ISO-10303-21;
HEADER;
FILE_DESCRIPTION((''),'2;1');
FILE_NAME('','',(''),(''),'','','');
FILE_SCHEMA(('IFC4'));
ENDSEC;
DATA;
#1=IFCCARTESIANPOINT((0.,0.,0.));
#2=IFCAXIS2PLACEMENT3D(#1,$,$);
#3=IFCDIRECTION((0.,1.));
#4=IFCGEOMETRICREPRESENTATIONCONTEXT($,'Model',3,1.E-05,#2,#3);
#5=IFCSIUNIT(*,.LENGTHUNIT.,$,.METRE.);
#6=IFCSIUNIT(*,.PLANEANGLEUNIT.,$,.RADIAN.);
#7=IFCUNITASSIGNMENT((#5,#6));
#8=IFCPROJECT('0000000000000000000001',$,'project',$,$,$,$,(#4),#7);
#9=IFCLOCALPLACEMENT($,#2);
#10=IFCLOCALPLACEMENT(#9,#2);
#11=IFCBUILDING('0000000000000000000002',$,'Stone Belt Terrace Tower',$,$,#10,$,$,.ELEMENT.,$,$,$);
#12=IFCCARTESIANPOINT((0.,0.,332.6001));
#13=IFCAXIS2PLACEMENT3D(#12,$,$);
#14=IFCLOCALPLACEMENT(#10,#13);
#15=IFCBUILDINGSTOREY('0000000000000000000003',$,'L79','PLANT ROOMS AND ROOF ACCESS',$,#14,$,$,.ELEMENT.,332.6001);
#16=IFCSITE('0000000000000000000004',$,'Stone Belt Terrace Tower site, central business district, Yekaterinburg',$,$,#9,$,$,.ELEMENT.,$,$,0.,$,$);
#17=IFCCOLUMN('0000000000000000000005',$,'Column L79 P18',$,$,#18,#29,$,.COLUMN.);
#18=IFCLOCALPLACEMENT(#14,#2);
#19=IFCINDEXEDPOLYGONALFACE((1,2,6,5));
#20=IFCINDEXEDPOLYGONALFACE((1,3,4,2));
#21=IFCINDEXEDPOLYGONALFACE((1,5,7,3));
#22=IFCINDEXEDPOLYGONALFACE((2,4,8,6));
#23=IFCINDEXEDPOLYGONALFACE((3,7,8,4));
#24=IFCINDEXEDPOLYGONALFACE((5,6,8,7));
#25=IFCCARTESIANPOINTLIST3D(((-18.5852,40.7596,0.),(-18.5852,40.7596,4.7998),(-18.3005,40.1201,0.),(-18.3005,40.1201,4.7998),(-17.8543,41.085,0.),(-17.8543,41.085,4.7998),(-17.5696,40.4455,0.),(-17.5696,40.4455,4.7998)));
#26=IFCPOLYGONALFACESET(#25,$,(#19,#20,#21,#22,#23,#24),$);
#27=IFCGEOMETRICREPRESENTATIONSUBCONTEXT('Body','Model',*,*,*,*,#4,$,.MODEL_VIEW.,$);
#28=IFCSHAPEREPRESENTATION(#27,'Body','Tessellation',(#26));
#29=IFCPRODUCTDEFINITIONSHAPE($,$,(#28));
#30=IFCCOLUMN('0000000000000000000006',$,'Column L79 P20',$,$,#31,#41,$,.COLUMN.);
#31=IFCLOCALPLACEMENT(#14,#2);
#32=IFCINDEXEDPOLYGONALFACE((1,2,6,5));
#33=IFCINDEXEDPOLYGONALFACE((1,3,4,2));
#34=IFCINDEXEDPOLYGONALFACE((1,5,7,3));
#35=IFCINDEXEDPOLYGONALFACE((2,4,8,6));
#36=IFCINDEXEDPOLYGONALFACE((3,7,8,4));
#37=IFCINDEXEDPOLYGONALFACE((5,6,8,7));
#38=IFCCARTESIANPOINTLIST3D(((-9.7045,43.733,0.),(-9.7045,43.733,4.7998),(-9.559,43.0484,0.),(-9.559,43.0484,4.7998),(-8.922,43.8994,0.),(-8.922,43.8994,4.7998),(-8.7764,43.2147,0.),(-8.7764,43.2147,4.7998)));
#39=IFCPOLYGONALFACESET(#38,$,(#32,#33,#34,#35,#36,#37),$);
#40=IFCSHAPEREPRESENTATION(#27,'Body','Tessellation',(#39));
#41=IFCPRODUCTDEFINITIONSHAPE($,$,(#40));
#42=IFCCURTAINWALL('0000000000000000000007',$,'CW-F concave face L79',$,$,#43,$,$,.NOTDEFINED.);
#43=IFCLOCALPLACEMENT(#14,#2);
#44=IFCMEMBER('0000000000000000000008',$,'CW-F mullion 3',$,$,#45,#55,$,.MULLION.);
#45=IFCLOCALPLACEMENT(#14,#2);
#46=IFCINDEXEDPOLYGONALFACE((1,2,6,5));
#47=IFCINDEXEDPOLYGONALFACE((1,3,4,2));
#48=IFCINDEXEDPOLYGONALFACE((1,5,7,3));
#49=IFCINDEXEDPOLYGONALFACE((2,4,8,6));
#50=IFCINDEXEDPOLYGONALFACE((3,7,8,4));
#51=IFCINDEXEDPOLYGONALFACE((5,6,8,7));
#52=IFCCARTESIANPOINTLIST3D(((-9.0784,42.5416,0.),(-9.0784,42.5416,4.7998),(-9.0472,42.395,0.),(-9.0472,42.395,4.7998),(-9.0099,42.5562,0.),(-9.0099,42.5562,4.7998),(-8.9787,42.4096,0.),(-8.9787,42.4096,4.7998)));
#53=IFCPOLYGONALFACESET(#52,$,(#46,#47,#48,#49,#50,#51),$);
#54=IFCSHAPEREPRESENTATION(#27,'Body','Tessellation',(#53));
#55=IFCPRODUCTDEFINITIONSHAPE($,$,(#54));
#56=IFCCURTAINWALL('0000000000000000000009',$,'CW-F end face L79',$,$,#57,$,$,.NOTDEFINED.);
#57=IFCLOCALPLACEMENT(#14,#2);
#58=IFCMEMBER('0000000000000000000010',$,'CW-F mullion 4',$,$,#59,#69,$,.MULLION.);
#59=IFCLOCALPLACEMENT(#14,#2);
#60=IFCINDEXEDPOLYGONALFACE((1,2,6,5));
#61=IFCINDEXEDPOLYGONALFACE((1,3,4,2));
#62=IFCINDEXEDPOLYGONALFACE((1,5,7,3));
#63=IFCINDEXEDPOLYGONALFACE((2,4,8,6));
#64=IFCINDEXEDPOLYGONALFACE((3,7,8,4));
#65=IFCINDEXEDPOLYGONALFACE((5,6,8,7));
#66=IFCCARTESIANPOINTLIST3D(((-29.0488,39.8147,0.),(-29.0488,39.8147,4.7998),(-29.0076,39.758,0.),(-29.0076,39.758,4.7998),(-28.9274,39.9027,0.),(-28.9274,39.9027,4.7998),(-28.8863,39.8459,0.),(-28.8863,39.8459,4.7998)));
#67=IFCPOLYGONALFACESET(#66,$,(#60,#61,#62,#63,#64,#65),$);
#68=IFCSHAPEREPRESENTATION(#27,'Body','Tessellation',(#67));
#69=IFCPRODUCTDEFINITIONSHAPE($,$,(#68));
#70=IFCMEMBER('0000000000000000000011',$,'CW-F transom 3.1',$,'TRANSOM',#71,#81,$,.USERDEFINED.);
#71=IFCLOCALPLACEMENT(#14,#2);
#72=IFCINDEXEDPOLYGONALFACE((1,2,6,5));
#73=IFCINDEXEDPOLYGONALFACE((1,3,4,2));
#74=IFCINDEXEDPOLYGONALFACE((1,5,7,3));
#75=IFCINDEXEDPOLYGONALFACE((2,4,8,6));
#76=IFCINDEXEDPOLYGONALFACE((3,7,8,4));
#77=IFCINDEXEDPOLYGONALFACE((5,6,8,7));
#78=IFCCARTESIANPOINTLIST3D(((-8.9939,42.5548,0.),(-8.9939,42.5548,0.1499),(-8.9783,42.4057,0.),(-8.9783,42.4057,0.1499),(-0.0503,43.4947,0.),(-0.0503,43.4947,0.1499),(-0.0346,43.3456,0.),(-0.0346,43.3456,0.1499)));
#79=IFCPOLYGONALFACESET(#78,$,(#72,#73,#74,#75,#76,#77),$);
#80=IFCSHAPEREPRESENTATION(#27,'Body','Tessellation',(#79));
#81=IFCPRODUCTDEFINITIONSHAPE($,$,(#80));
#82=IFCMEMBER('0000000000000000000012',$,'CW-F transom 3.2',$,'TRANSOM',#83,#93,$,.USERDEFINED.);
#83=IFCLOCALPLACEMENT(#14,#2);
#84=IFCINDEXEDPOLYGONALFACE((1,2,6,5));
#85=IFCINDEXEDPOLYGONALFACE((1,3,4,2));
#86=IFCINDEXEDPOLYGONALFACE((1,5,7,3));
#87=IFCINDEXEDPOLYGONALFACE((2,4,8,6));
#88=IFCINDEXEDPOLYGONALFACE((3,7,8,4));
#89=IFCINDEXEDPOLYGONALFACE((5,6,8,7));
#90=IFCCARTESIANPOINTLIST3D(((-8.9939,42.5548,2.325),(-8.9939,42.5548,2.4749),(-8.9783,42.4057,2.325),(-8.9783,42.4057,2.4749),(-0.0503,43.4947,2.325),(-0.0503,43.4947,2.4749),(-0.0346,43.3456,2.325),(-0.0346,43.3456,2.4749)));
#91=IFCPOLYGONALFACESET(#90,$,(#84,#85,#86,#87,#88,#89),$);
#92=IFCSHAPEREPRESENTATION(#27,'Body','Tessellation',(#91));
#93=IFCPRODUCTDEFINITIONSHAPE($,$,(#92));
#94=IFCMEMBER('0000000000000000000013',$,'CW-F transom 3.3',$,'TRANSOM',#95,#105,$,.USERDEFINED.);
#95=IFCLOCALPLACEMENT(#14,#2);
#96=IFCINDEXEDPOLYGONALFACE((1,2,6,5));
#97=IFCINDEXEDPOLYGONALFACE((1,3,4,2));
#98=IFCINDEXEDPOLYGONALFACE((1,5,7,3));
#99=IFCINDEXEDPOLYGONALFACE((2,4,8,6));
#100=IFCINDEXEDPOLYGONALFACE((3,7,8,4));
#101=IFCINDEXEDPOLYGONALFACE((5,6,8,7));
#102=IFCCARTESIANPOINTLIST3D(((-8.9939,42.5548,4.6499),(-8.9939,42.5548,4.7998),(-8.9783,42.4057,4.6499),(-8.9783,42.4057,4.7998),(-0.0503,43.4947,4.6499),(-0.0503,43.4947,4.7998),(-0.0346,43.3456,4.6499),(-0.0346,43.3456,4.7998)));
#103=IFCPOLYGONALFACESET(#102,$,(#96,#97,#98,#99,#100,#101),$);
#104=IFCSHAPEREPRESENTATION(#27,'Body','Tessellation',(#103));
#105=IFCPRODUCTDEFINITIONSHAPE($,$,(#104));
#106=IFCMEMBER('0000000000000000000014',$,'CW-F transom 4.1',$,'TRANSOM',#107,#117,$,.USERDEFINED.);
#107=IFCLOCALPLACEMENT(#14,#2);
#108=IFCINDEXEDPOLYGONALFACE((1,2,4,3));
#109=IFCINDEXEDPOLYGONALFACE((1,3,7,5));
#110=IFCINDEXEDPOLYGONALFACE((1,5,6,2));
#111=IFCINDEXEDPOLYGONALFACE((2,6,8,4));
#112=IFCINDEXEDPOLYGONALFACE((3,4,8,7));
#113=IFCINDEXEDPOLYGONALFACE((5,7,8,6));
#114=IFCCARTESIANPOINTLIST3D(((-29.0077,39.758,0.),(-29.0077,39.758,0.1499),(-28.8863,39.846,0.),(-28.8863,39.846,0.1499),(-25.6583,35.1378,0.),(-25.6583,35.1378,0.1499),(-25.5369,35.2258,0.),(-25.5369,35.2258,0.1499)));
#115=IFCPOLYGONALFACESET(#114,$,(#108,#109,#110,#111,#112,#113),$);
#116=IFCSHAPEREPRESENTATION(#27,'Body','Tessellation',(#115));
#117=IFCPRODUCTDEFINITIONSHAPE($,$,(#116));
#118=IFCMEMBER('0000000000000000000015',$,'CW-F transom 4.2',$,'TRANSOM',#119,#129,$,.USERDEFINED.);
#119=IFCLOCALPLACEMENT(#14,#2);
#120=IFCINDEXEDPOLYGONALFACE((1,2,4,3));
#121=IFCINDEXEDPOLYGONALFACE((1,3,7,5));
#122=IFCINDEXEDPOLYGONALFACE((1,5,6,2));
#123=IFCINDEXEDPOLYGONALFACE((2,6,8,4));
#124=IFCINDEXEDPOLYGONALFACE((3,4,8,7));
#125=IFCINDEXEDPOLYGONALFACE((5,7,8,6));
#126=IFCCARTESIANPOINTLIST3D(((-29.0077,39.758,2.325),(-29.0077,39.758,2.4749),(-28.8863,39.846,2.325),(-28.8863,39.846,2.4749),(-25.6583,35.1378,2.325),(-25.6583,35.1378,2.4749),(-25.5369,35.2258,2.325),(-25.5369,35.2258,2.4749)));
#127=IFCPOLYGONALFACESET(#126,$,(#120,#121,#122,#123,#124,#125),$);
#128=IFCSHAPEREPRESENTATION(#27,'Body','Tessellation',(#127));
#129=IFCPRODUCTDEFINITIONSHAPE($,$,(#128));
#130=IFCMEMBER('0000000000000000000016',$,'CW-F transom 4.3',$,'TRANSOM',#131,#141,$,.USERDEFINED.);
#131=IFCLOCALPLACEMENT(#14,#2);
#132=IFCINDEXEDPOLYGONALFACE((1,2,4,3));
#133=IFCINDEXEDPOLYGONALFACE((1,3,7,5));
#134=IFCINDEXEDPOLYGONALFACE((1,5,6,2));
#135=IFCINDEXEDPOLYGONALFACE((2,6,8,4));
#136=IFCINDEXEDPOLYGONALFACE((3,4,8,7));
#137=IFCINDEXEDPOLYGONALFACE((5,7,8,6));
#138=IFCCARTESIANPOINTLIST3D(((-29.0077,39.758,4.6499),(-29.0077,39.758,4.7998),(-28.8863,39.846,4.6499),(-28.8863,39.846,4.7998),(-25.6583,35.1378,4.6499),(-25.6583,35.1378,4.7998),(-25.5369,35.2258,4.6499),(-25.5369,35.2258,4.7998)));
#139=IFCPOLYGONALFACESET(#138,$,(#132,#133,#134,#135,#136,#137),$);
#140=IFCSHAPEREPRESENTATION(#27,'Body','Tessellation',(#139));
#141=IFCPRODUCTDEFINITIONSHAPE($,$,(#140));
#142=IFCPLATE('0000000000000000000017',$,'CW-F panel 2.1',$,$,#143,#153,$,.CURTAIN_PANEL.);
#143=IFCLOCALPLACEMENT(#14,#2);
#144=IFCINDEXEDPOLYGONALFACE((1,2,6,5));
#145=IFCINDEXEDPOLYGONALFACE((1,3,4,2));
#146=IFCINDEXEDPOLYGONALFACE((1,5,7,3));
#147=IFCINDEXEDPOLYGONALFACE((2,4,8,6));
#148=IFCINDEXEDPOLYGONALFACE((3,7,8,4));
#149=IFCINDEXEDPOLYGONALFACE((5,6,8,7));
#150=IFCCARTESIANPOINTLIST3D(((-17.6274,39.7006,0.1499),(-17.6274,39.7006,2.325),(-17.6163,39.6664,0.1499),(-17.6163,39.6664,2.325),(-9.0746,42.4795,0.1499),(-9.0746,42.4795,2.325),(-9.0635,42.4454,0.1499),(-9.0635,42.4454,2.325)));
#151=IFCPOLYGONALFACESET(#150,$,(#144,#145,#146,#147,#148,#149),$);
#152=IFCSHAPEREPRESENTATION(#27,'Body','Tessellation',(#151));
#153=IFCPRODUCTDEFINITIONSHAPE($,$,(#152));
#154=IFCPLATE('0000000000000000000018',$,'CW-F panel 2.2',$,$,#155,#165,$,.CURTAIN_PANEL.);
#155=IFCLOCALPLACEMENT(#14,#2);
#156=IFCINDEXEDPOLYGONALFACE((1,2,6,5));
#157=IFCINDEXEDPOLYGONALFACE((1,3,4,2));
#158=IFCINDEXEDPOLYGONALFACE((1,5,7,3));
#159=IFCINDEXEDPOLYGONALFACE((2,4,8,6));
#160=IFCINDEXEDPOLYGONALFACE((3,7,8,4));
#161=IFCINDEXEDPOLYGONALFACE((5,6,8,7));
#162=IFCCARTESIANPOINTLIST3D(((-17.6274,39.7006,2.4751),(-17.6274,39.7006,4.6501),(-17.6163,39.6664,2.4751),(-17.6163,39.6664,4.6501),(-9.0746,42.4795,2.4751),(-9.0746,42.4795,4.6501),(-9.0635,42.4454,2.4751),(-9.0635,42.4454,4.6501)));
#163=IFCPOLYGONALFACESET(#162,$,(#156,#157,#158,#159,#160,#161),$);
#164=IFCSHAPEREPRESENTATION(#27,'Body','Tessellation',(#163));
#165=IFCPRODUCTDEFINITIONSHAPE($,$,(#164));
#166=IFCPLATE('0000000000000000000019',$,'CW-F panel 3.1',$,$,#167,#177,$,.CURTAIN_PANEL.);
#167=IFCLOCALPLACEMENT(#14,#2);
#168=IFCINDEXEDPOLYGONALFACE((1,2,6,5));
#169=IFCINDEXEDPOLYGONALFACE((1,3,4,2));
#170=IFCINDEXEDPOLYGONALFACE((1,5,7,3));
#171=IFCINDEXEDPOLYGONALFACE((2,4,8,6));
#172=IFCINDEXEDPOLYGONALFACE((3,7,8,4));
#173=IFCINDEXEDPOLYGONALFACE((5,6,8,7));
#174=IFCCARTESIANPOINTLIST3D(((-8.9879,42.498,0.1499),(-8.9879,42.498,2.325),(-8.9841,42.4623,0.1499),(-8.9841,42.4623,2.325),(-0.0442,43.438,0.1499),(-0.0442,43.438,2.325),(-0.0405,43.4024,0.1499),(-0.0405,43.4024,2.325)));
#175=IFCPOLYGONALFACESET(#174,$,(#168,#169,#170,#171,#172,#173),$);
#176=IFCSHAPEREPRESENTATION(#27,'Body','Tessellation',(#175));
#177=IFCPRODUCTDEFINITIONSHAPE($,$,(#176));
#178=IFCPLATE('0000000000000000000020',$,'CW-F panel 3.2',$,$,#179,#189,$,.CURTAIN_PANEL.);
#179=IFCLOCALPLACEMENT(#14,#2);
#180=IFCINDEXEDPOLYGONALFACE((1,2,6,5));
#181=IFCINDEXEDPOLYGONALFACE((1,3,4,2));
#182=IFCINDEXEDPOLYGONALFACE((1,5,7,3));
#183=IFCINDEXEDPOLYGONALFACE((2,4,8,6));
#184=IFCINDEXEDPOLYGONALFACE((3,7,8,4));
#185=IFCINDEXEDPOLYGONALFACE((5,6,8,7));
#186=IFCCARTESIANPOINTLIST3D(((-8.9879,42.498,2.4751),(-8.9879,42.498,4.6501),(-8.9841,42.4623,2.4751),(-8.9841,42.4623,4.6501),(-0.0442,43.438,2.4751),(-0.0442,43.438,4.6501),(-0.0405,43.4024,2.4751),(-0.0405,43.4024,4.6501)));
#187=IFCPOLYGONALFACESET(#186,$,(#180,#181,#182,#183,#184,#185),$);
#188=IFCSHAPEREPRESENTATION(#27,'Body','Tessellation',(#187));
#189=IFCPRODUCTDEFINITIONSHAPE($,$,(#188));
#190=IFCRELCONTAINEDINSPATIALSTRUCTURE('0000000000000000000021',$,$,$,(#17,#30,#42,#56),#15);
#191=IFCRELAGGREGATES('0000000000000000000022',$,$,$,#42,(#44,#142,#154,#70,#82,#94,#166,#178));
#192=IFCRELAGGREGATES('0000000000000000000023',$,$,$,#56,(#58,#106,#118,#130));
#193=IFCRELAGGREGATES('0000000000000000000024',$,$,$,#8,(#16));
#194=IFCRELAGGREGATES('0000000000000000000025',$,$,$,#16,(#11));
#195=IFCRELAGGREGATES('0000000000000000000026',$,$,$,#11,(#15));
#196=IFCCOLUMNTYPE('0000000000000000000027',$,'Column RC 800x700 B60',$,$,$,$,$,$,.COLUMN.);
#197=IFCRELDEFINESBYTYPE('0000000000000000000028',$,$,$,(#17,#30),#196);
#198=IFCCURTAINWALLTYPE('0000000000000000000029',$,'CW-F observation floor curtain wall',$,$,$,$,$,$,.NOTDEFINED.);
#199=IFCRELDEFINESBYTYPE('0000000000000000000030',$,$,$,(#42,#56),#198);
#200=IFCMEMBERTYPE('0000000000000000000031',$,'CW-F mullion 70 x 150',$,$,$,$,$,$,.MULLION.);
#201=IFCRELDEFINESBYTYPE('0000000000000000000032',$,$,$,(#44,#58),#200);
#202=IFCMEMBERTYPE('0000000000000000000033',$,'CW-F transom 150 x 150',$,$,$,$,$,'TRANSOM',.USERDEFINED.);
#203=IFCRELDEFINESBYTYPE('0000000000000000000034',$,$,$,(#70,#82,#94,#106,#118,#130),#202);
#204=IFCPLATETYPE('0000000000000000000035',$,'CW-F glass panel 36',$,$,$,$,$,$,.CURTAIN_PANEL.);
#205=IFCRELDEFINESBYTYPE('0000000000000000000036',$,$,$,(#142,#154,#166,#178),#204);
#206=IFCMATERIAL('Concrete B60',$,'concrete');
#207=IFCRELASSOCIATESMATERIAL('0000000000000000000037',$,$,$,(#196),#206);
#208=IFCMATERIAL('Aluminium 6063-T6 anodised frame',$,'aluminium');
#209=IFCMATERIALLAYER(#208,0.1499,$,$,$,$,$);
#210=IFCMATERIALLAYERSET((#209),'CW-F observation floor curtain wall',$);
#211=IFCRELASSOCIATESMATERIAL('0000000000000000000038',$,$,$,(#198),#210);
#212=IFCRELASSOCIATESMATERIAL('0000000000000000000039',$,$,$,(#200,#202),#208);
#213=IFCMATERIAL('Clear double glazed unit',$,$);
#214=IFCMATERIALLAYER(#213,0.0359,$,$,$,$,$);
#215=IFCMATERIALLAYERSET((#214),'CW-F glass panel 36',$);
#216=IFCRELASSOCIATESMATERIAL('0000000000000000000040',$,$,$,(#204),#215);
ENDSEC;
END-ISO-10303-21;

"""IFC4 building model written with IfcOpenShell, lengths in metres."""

from ifc_helpers import new_model, si_unit, direction, frame, origin, origin_2d, place, context, subcontext, project, spatial, rectangle, extrude, material, layer, layer_set, material_profile, profile_set, type_object, element, aggregate, save


model = new_model("IFC4")

# Units and contexts
model_context = context("Model", 3, precision=1e-05, world=origin(), true_north=direction((0.0, 1.0)))
body_context = subcontext(model_context, "Body", "Model", "MODEL_VIEW")
ifc_project = project(units=[si_unit("LENGTHUNIT", "METRE"), si_unit("PLANEANGLEUNIT", "RADIAN")], contexts=[model_context])

# Site, building, storey
site_placement = place(None, origin())
site = spatial("IfcSite", under=ifc_project, at=site_placement, Name="Stone Belt Terrace Tower site, central business district, Yekaterinburg", CompositionType="ELEMENT", RefElevation=0.0)
building_placement = place(site_placement, origin())
building = spatial("IfcBuilding", under=site, at=building_placement, Name="Stone Belt Terrace Tower", CompositionType="ELEMENT")
storey_placement = place(building_placement, frame((0.0, 0.0, 332.6001)))
storey = spatial("IfcBuildingStorey", under=building, at=storey_placement, Name="L79", Description="PLANT ROOMS AND ROOF ACCESS", CompositionType="ELEMENT", Elevation=332.6001)

# Columns
ifc_material_1 = material(Name="Concrete B60", Category="concrete")
ifc_material_profile_1 = material_profile(ifc_material_1, rectangle(XDim=0.8, YDim=0.7, at=origin_2d()), Name="RC 800x700")
ifc_profile_set_1 = profile_set([ifc_material_profile_1], Name="Concrete B60")
column_type = type_object("IfcColumnType", Name="Column RC 800x700 B60", PredefinedType="COLUMN", material=ifc_profile_set_1)
for number, where, z_axis, x_axis, name in (
    (1, (-18.0774, 40.6025, 0.0), (0.0, 0.0, 1.0), (0.913545, 0.406737, 0.0), "Column L79 P18"),
    (2, (-9.2405, 43.4739, 0.0), (0.0, 0.0, 1.0), (0.978148, 0.207912, 0.0), "Column L79 P20"),
):
    element("IfcColumn", number, at=place(storey_placement, frame(where, z_axis=z_axis, x_axis=x_axis)), inside=storey, type_object=column_type, Name=name, PredefinedType="COLUMN", context=body_context, shape_type="SweptSolid", body=[
        extrude(rectangle(XDim=0.8, YDim=0.7, at=origin_2d()), origin(), (0.0, 0.0, 1.0), 4.7998),
    ])

# Curtain walls, members
ifc_material_2 = material(Name="Aluminium 6063-T6 anodised frame", Category="aluminium")
ifc_layer_1 = layer(ifc_material_2, 0.1499)
ifc_layer_set_1 = layer_set([ifc_layer_1], Name="CW-F observation floor curtain wall")
curtain_wall_type = type_object("IfcCurtainWallType", Name="CW-F observation floor curtain wall", PredefinedType="NOTDEFINED", material=ifc_layer_set_1)
curtain_wall_1_placement = place(storey_placement, origin())
curtain_wall_1 = element("IfcCurtainWall", 3, at=curtain_wall_1_placement, inside=storey, type_object=curtain_wall_type, Name="CW-F concave face L79", PredefinedType="NOTDEFINED")
ifc_material_profile_2 = material_profile(ifc_material_2, rectangle(XDim=0.1499, YDim=0.0701, at=origin_2d()), Name="Aluminium 6063-T6 70x150")
ifc_profile_set_2 = profile_set([ifc_material_profile_2], Name="Aluminium 6063-T6 anodised frame")
member_type_1 = type_object("IfcMemberType", Name="CW-F mullion 70 x 150", PredefinedType="MULLION", material=ifc_profile_set_2)
member_1_placement = place(storey_placement, frame((-9.0286, 42.4756, 0.0), z_axis=(0.0, 0.0, 1.0), x_axis=(-0.207912, 0.978148, 0.0)))
member_1 = element("IfcMember", 4, at=member_1_placement, type_object=member_type_1, Name="CW-F mullion 3", PredefinedType="MULLION", context=body_context, shape_type="SweptSolid", body=[
    extrude(rectangle(XDim=0.1499, YDim=0.0701, at=origin_2d()), origin(), (0.0, 0.0, 1.0), 4.7998),
])
curtain_wall_2_placement = place(storey_placement, origin())
curtain_wall_2 = element("IfcCurtainWall", 5, at=curtain_wall_2_placement, inside=storey, type_object=curtain_wall_type, Name="CW-F end face L79", PredefinedType="NOTDEFINED")
member_2_placement = place(storey_placement, frame((-28.9675, 39.8303, 0.0), z_axis=(0.0, 0.0, 1.0), x_axis=(0.809631, 0.586939, 0.0)))
member_2 = element("IfcMember", 6, at=member_2_placement, type_object=member_type_1, Name="CW-F mullion 4", PredefinedType="MULLION", context=body_context, shape_type="SweptSolid", body=[
    extrude(rectangle(XDim=0.1499, YDim=0.0701, at=origin_2d()), origin(), (0.0, 0.0, 1.0), 4.7998),
])

# Members
ifc_material_profile_3 = material_profile(ifc_material_2, rectangle(XDim=0.1499, YDim=0.1499, at=origin_2d()), Name="Aluminium 6063-T6 150x150")
ifc_profile_set_3 = profile_set([ifc_material_profile_3], Name="Aluminium 6063-T6 anodised frame")
member_type_2 = type_object("IfcMemberType", Name="CW-F transom 150 x 150", ElementType="TRANSOM", PredefinedType="USERDEFINED", material=ifc_profile_set_3)
member_3_placement = place(storey_placement, frame((-8.9861, 42.4802, 0.075), z_axis=(0.994523, 0.104521, 0.0), x_axis=(-0.104521, 0.994523, 0.0)))
member_3 = element("IfcMember", 7, at=member_3_placement, type_object=member_type_2, Name="CW-F transom 3.1", ObjectType="TRANSOM", PredefinedType="USERDEFINED", context=body_context, shape_type="SweptSolid", body=[
    extrude(rectangle(XDim=0.1499, YDim=0.1499, at=origin_2d()), origin(), (0.0, 0.0, 1.0), 8.9929),
])
member_4_placement = place(storey_placement, frame((-8.9861, 42.4802, 2.3999), z_axis=(0.994523, 0.104521, 0.0), x_axis=(-0.104521, 0.994523, 0.0)))
member_4 = element("IfcMember", 8, at=member_4_placement, type_object=member_type_2, Name="CW-F transom 3.2", ObjectType="TRANSOM", PredefinedType="USERDEFINED", context=body_context, shape_type="SweptSolid", body=[
    extrude(rectangle(XDim=0.1499, YDim=0.1499, at=origin_2d()), origin(), (0.0, 0.0, 1.0), 8.9929),
])
member_5_placement = place(storey_placement, frame((-8.9861, 42.4802, 4.7249), z_axis=(0.994523, 0.104521, 0.0), x_axis=(-0.104521, 0.994523, 0.0)))
member_5 = element("IfcMember", 9, at=member_5_placement, type_object=member_type_2, Name="CW-F transom 3.3", ObjectType="TRANSOM", PredefinedType="USERDEFINED", context=body_context, shape_type="SweptSolid", body=[
    extrude(rectangle(XDim=0.1499, YDim=0.1499, at=origin_2d()), origin(), (0.0, 0.0, 1.0), 8.9929),
])
member_6_placement = place(storey_placement, frame((-28.947, 39.802, 0.075), z_axis=(0.586942, -0.809629, 0.0), x_axis=(0.809629, 0.586942, 0.0)))
member_6 = element("IfcMember", 10, at=member_6_placement, type_object=member_type_2, Name="CW-F transom 4.1", ObjectType="TRANSOM", PredefinedType="USERDEFINED", context=body_context, shape_type="SweptSolid", body=[
    extrude(rectangle(XDim=0.1499, YDim=0.1499, at=origin_2d()), origin(), (0.0, 0.0, 1.0), 5.7065),
])
member_7_placement = place(storey_placement, frame((-28.947, 39.802, 2.3999), z_axis=(0.586942, -0.809629, 0.0), x_axis=(0.809629, 0.586942, 0.0)))
member_7 = element("IfcMember", 11, at=member_7_placement, type_object=member_type_2, Name="CW-F transom 4.2", ObjectType="TRANSOM", PredefinedType="USERDEFINED", context=body_context, shape_type="SweptSolid", body=[
    extrude(rectangle(XDim=0.1499, YDim=0.1499, at=origin_2d()), origin(), (0.0, 0.0, 1.0), 5.7065),
])
member_8_placement = place(storey_placement, frame((-28.947, 39.802, 4.7249), z_axis=(0.586942, -0.809629, 0.0), x_axis=(0.809629, 0.586942, 0.0)))
member_8 = element("IfcMember", 12, at=member_8_placement, type_object=member_type_2, Name="CW-F transom 4.3", ObjectType="TRANSOM", PredefinedType="USERDEFINED", context=body_context, shape_type="SweptSolid", body=[
    extrude(rectangle(XDim=0.1499, YDim=0.1499, at=origin_2d()), origin(), (0.0, 0.0, 1.0), 5.7065),
])

# Plates
ifc_material_3 = material(Name="Clear double glazed unit")
ifc_layer_2 = layer(ifc_material_3, 0.0359)
ifc_layer_set_2 = layer_set([ifc_layer_2], Name="CW-F glass panel 36")
plate_type = type_object("IfcPlateType", Name="CW-F glass panel 36", PredefinedType="CURTAIN_PANEL", material=ifc_layer_set_2)
plate_1_placement = place(storey_placement, frame((-13.3455, 41.073, 0.1499), z_axis=(0.0, 0.0, 1.0), x_axis=(0.951057, 0.309017, 0.0)))
plate_1 = element("IfcPlate", 13, at=plate_1_placement, type_object=plate_type, Name="CW-F panel 2.1", PredefinedType="CURTAIN_PANEL", context=body_context, shape_type="SweptSolid", body=[
    extrude(rectangle(XDim=8.9929, YDim=0.0359, at=origin_2d()), origin(), (0.0, 0.0, 1.0), 2.175),
])
plate_2_placement = place(storey_placement, frame((-13.3455, 41.073, 2.4751), z_axis=(0.0, 0.0, 1.0), x_axis=(0.951057, 0.309017, 0.0)))
plate_2 = element("IfcPlate", 14, at=plate_2_placement, type_object=plate_type, Name="CW-F panel 2.2", PredefinedType="CURTAIN_PANEL", context=body_context, shape_type="SweptSolid", body=[
    extrude(rectangle(XDim=8.9929, YDim=0.0359, at=origin_2d()), origin(), (0.0, 0.0, 1.0), 2.175),
])
plate_3_placement = place(storey_placement, frame((-4.5142, 42.9502, 0.1499), z_axis=(0.0, 0.0, 1.0), x_axis=(0.994522, 0.104528, 0.0)))
plate_3 = element("IfcPlate", 15, at=plate_3_placement, type_object=plate_type, Name="CW-F panel 3.1", PredefinedType="CURTAIN_PANEL", context=body_context, shape_type="SweptSolid", body=[
    extrude(rectangle(XDim=8.9929, YDim=0.0359, at=origin_2d()), origin(), (0.0, 0.0, 1.0), 2.175),
])
plate_4_placement = place(storey_placement, frame((-4.5142, 42.9502, 2.4751), z_axis=(0.0, 0.0, 1.0), x_axis=(0.994522, 0.104528, 0.0)))
plate_4 = element("IfcPlate", 16, at=plate_4_placement, type_object=plate_type, Name="CW-F panel 3.2", PredefinedType="CURTAIN_PANEL", context=body_context, shape_type="SweptSolid", body=[
    extrude(rectangle(XDim=8.9929, YDim=0.0359, at=origin_2d()), origin(), (0.0, 0.0, 1.0), 2.175),
])
aggregate(curtain_wall_1, [member_1, plate_1, plate_2, member_3, member_4, member_5, plate_3, plate_4])
aggregate(curtain_wall_2, [member_2, member_6, member_7, member_8])

save(model, "model.ifc")
